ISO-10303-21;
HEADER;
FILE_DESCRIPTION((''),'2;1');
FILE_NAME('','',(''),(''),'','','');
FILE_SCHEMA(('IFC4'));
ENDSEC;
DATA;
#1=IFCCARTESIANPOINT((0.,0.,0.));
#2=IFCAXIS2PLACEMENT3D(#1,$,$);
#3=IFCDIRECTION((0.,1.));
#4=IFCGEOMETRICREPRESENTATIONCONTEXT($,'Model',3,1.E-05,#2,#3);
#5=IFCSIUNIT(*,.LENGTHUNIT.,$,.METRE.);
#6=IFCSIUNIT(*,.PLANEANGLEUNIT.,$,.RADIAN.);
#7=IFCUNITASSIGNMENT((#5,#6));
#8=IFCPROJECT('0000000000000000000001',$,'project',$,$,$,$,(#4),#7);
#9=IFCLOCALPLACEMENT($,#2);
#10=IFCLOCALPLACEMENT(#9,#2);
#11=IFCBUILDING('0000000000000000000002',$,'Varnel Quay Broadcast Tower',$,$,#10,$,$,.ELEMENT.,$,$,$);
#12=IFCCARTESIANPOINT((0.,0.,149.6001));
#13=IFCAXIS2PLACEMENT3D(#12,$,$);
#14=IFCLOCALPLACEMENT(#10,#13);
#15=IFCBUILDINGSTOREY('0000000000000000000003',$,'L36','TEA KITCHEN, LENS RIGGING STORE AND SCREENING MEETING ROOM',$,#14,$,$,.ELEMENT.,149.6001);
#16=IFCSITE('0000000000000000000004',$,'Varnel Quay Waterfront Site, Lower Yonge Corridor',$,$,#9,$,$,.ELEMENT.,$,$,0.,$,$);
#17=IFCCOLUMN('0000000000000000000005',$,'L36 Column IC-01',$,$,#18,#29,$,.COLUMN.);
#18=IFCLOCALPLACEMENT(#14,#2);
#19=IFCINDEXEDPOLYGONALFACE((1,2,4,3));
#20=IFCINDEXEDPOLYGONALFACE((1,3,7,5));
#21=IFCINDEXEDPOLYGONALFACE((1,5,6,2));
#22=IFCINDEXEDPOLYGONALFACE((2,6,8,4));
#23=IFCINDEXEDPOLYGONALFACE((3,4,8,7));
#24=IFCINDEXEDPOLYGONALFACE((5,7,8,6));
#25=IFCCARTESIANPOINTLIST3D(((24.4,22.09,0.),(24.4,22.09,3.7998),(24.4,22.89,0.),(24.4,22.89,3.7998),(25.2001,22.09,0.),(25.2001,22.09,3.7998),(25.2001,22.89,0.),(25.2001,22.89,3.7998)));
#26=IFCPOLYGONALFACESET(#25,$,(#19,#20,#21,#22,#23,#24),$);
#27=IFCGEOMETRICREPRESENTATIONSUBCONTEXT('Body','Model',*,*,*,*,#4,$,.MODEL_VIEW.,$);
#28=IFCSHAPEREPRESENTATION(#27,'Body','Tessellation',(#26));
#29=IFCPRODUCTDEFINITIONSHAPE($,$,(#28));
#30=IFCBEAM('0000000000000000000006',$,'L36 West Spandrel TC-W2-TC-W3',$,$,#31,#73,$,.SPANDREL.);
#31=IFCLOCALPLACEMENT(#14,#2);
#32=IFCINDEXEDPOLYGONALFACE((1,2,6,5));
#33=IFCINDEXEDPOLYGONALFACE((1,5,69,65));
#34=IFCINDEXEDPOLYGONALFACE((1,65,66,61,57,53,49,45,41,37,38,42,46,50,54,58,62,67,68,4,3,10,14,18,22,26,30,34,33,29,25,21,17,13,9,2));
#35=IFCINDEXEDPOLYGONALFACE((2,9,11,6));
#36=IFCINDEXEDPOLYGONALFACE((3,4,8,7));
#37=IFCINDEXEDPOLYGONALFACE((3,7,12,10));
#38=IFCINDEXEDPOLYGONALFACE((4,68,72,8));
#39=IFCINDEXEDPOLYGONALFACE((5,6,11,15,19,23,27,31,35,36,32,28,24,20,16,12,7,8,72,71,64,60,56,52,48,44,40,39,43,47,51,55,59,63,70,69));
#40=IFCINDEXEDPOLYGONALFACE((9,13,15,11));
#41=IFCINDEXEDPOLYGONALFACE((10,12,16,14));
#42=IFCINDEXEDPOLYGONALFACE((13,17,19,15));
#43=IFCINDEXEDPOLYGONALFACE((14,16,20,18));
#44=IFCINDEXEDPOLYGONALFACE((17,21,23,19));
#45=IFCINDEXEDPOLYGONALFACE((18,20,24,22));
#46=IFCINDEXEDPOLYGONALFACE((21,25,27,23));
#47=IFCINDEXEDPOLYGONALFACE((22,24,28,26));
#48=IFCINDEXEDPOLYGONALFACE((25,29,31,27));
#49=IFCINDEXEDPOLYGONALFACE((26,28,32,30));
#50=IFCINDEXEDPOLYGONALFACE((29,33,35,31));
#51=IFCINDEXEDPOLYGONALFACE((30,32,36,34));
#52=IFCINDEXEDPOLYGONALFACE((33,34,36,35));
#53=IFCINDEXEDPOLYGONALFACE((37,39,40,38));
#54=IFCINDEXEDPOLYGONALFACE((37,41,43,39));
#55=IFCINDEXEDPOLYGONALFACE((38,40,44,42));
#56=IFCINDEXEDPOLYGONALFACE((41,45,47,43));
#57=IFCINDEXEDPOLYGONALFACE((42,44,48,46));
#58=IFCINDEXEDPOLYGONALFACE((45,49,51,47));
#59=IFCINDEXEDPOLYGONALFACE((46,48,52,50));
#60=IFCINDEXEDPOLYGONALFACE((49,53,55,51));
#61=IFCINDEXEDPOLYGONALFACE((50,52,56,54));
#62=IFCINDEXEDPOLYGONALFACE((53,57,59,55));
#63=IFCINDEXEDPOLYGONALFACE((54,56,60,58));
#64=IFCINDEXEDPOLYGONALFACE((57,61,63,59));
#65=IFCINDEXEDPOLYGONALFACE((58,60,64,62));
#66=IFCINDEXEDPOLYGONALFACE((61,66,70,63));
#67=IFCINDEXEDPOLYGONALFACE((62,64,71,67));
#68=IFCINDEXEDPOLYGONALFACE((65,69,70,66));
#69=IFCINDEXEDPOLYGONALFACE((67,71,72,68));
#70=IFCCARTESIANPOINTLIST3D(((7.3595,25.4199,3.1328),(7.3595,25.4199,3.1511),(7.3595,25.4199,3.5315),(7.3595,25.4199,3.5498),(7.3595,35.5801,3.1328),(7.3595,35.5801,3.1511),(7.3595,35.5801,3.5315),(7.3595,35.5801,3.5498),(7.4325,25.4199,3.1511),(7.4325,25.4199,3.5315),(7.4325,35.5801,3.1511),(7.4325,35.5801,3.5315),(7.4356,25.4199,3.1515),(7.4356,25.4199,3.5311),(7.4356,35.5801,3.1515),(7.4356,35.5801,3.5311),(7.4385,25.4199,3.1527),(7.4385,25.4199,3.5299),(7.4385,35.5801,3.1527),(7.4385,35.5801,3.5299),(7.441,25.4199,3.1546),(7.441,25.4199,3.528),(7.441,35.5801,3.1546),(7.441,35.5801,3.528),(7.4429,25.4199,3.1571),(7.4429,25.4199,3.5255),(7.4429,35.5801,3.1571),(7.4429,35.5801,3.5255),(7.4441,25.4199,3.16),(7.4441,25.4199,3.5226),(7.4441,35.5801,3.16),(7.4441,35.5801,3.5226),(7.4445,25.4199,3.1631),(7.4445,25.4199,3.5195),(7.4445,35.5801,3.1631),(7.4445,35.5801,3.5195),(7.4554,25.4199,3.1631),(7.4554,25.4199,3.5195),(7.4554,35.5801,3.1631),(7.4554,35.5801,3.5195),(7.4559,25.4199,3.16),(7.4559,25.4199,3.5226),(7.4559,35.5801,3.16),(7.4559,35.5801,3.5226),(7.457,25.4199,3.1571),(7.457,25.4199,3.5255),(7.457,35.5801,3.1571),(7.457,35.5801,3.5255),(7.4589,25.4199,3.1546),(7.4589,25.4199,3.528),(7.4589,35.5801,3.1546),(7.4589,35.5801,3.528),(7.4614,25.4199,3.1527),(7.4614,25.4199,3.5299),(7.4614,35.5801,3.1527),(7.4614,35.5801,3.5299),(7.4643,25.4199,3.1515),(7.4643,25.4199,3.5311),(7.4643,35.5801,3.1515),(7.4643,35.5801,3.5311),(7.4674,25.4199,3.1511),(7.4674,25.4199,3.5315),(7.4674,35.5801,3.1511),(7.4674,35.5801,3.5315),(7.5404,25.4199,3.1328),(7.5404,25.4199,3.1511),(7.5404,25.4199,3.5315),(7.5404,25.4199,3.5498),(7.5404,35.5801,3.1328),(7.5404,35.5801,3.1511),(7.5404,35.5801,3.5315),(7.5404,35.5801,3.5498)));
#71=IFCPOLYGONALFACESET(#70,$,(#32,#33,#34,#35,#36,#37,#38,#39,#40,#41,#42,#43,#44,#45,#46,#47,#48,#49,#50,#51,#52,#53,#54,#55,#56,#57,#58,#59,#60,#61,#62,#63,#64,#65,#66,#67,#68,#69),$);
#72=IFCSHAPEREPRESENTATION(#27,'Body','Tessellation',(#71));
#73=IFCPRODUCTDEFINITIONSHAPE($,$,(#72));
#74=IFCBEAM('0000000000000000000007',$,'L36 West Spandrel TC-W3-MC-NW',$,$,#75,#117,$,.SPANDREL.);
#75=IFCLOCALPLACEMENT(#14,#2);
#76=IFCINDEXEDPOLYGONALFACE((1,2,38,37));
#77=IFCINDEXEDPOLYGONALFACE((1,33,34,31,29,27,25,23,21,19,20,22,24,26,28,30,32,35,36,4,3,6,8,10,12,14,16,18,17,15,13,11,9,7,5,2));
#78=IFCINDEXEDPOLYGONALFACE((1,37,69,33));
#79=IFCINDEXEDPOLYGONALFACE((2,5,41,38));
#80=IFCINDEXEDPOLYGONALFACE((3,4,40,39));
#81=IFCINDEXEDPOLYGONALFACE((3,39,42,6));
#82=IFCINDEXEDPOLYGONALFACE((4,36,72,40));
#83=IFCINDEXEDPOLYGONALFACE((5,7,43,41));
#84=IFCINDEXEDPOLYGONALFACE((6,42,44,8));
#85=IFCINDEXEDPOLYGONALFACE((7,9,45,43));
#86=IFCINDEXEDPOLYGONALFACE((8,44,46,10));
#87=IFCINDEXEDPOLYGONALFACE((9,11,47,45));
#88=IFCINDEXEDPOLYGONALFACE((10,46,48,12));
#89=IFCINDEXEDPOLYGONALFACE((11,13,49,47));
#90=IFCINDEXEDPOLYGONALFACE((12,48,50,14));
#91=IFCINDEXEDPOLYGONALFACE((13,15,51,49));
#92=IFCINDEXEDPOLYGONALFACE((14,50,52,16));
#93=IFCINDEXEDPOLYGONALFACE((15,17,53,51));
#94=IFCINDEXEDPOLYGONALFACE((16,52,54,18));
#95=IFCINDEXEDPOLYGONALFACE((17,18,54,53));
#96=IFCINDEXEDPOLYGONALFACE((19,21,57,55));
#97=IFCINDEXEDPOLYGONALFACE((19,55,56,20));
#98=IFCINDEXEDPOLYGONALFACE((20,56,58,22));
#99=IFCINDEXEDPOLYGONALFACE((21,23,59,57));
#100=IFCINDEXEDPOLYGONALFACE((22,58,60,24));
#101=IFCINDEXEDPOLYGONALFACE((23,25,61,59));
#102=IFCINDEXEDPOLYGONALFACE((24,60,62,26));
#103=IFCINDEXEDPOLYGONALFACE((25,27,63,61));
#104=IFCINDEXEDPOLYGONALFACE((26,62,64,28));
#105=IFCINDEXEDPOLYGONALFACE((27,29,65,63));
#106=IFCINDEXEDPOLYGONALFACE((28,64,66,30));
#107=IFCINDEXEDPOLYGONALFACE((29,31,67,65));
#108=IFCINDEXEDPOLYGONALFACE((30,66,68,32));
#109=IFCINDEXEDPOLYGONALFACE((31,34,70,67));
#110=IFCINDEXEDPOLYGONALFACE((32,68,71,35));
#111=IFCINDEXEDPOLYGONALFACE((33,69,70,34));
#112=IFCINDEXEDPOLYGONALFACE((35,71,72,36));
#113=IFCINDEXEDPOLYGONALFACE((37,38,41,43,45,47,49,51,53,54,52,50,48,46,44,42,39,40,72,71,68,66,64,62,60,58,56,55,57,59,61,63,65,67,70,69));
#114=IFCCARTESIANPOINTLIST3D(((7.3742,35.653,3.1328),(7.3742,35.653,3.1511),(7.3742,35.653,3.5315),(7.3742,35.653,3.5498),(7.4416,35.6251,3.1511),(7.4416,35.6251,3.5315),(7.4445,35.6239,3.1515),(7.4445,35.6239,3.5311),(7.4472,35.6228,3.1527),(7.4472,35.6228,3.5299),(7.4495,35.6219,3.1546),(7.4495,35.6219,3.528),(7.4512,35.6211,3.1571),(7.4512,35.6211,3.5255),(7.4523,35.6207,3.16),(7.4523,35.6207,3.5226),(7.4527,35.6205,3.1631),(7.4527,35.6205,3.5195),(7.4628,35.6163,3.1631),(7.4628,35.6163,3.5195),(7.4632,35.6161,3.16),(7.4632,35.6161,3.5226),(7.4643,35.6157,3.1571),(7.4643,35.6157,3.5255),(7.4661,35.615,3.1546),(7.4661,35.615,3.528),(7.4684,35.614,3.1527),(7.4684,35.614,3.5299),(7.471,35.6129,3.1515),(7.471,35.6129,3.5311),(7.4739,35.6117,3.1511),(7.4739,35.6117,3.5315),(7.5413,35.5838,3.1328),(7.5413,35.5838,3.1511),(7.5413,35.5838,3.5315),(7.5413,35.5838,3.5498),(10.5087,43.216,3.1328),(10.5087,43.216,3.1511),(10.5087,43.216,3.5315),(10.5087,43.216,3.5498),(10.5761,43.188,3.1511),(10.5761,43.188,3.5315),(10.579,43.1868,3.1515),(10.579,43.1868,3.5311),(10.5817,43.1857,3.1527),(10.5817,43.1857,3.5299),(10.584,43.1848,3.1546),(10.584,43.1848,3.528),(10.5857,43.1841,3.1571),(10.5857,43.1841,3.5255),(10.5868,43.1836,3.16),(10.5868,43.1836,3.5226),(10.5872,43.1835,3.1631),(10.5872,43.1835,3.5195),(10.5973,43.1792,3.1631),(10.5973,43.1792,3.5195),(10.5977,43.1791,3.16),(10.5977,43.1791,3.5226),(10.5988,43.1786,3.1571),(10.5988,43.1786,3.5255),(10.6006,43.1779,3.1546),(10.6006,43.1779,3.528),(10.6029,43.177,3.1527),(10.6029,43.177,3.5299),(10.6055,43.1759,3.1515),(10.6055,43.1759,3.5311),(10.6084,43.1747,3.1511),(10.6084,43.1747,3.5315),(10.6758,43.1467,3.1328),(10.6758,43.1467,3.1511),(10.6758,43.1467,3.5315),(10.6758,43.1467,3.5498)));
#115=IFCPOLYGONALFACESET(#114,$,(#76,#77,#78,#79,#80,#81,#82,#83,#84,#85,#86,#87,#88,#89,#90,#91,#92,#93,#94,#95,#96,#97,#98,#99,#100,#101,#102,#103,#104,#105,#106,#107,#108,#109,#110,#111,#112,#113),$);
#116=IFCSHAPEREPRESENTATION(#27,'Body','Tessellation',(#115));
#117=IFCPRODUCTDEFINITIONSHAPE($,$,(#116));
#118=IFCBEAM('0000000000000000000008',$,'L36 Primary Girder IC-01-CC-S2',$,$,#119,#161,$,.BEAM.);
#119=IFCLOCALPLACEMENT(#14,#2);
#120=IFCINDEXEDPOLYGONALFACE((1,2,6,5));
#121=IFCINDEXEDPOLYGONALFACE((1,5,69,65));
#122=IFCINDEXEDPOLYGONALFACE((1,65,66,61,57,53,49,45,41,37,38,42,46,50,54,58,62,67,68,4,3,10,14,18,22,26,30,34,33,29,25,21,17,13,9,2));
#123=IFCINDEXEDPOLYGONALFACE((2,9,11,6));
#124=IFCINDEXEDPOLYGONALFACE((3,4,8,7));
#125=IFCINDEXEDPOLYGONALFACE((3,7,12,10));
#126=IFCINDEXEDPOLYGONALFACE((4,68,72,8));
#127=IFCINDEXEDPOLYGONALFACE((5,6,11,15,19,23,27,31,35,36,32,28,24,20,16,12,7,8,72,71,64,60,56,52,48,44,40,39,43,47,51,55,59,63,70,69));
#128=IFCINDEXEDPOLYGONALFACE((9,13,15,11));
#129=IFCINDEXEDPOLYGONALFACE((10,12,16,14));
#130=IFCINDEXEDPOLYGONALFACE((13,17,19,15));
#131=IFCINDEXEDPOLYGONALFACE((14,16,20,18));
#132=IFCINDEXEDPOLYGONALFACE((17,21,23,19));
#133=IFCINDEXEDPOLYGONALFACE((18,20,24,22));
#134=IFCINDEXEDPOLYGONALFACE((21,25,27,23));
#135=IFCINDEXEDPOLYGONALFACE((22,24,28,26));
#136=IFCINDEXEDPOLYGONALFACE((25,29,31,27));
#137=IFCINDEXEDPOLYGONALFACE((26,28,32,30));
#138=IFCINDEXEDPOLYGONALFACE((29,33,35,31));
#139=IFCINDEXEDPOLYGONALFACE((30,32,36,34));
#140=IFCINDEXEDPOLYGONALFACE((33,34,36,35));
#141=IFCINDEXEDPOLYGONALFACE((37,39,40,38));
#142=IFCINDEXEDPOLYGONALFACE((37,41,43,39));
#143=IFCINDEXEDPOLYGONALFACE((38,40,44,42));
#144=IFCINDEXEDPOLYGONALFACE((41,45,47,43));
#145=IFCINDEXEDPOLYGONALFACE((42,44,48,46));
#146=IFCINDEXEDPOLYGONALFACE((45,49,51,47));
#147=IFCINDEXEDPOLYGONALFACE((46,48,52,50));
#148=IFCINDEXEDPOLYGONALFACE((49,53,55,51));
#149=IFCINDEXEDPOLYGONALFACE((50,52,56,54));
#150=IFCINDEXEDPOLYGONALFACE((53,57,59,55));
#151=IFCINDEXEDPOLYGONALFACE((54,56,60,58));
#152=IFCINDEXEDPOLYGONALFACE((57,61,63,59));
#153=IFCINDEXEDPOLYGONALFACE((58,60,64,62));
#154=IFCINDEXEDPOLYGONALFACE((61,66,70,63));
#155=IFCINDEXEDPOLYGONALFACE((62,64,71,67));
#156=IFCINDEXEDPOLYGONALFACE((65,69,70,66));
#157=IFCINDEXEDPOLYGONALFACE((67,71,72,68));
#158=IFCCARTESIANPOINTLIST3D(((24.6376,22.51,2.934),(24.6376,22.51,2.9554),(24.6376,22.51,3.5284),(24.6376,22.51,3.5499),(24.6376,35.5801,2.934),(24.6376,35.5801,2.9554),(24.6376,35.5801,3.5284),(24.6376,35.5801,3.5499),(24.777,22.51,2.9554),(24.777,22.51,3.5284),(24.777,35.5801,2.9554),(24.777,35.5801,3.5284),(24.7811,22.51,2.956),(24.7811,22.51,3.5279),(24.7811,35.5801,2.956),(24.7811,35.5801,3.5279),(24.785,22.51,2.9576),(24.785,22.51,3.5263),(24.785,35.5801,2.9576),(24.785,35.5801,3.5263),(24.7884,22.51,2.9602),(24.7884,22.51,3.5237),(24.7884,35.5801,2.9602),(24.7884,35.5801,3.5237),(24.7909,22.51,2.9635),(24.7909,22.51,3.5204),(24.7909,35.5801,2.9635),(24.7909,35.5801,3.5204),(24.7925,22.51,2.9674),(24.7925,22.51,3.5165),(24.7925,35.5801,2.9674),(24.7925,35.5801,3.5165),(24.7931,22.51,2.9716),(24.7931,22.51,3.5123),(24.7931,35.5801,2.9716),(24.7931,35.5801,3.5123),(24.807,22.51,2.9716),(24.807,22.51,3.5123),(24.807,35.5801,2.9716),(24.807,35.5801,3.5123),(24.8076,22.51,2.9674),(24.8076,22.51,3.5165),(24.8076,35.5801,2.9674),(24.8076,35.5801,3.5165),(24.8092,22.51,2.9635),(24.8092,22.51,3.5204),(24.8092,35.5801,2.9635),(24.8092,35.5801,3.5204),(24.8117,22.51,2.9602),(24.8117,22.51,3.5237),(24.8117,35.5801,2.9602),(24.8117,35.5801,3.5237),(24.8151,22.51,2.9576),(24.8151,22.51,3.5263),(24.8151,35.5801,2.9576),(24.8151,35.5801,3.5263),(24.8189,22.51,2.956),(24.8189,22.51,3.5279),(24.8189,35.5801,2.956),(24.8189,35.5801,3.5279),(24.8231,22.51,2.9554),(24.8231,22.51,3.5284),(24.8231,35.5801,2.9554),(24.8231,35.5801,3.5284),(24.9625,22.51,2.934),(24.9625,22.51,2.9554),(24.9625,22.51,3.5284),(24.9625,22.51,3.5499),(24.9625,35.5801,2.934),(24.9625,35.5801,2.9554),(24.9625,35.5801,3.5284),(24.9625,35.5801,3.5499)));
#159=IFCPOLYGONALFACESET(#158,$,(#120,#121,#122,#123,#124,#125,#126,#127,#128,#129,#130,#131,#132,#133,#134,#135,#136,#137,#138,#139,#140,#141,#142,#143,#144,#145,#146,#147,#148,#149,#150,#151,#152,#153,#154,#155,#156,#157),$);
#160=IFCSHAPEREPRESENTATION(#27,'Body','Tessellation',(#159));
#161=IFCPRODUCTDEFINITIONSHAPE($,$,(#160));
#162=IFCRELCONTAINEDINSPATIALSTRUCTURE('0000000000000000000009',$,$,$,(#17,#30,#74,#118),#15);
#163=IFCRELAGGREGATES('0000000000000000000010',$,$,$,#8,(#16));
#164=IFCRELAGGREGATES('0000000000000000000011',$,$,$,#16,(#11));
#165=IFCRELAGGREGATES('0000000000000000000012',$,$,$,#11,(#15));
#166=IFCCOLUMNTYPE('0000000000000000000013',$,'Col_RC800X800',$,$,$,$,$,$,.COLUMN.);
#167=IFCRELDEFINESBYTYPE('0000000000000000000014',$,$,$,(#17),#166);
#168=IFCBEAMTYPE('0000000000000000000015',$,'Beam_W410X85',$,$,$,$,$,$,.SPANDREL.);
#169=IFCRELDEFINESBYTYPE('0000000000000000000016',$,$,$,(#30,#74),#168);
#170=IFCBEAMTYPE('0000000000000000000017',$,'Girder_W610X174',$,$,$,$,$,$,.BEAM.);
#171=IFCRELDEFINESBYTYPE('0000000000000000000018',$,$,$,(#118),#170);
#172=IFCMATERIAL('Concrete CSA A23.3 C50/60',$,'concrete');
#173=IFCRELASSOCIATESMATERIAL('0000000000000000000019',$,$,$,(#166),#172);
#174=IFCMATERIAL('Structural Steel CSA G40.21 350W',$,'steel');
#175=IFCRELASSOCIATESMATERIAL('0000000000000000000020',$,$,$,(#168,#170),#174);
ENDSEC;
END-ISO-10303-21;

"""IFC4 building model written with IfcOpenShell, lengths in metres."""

from ifc_helpers import new_model, si_unit, direction, frame, origin, origin_2d, place, context, subcontext, project, spatial, rectangle, i_section, extrude, source, transform, mapped, material, material_profile, profile_set, type_object, type_shapes, element, save


model = new_model("IFC4")

# Units and contexts
model_context = context("Model", 3, precision=1e-05, world=origin(), true_north=direction((0.0, 1.0)))
body_context = subcontext(model_context, "Body", "Model", "MODEL_VIEW")
ifc_project = project(units=[si_unit("LENGTHUNIT", "METRE"), si_unit("PLANEANGLEUNIT", "RADIAN")], contexts=[model_context])

# Site, building, storey
site_placement = place(None, origin())
site = spatial("IfcSite", under=ifc_project, at=site_placement, Name="Varnel Quay Waterfront Site, Lower Yonge Corridor", CompositionType="ELEMENT", RefElevation=0.0)
building_placement = place(site_placement, origin())
building = spatial("IfcBuilding", under=site, at=building_placement, Name="Varnel Quay Broadcast Tower", CompositionType="ELEMENT")
storey_placement = place(building_placement, frame((0.0, 0.0, 149.6001)))
storey = spatial("IfcBuildingStorey", under=building, at=storey_placement, Name="L36", Description="TEA KITCHEN, LENS RIGGING STORE AND SCREENING MEETING ROOM", CompositionType="ELEMENT", Elevation=149.6001)

# Column
ifc_material_1 = material(Name="Structural Steel CSA G40.21 350W", Category="steel")
ifc_material_2 = material(Name="Concrete CSA A23.3 C50/60", Category="concrete")
ifc_material_profile_1 = material_profile(ifc_material_2, rectangle(XDim=0.8, YDim=0.8, at=origin_2d()), Name="RC800X800")
ifc_profile_set_1 = profile_set([ifc_material_profile_1], Name="Concrete CSA A23.3 C50/60")
column_type_1 = type_object("IfcColumnType", Name="Col_RC800X800", PredefinedType="COLUMN", material=ifc_profile_set_1)
shared_shape_1 = source(origin(), body_context, "Body", "SweptSolid", [
    extrude(rectangle(XDim=0.8, YDim=0.8, at=origin_2d()), origin(), (0.0, 0.0, 1.0), 3.7998),
])
type_shapes(column_type_1, [shared_shape_1])
column_placement = place(storey_placement, frame((24.8, 22.49, 0.0), z_axis=(0.0, 0.0, 1.0), x_axis=(1.0, 0.0, 0.0)))
element("IfcColumn", 1, at=column_placement, inside=storey, type_object=column_type_1, Name="L36 Column IC-01", PredefinedType="COLUMN", context=body_context, shape_type="MappedRepresentation", body=[
    mapped(shared_shape_1, transform((0.0, 0.0, 0.0), x_axis=(1.0, 0.0, 0.0), y_axis=(0.0, 1.0, 0.0), z_axis=(0.0, 0.0, 1.0), scale=1.0)),
])

# Beams
ifc_material_profile_2 = material_profile(ifc_material_1, i_section(OverallWidth=0.1809, OverallDepth=0.417, WebThickness=0.011, FlangeThickness=0.0183, FilletRadius=0.012, at=origin_2d()), Name="W410X85")
ifc_profile_set_2 = profile_set([ifc_material_profile_2], Name="Structural Steel CSA G40.21 350W")
beam_type_1 = type_object("IfcBeamType", Name="Beam_W410X85", PredefinedType="SPANDREL", material=ifc_profile_set_2)
shared_shape_2 = source(origin(), body_context, "Body", "SweptSolid", [
    extrude(i_section(OverallWidth=0.1809, OverallDepth=0.417, WebThickness=0.011, FlangeThickness=0.0183, FilletRadius=0.012, at=origin_2d()), origin(), (0.0, 0.0, 1.0), 10.1602),
])
beam_1_placement = place(storey_placement, frame((7.45, 25.4199, 3.3413), z_axis=(0.0, 1.0, 0.0), x_axis=(-1.0, 0.0, 0.0)))
element("IfcBeam", 2, at=beam_1_placement, inside=storey, type_object=beam_type_1, Name="L36 West Spandrel TC-W2-TC-W3", PredefinedType="SPANDREL", context=body_context, shape_type="MappedRepresentation", body=[
    mapped(shared_shape_2, transform((0.0, 0.0, 0.0), x_axis=(1.0, 0.0, 0.0), y_axis=(0.0, 1.0, 0.0), z_axis=(0.0, 0.0, 1.0), scale=1.0)),
])
shared_shape_3 = source(origin(), body_context, "Body", "SweptSolid", [
    extrude(i_section(OverallWidth=0.1809, OverallDepth=0.417, WebThickness=0.011, FlangeThickness=0.0183, FilletRadius=0.012, at=origin_2d()), origin(), (0.0, 0.0, 1.0), 8.1868),
])
type_shapes(beam_type_1, [shared_shape_2, shared_shape_3])
beam_2_placement = place(storey_placement, frame((7.4578, 35.6184, 3.3413), z_axis=(0.382874, 0.923801, 0.0), x_axis=(-0.923801, 0.382874, 0.0)))
element("IfcBeam", 3, at=beam_2_placement, inside=storey, type_object=beam_type_1, Name="L36 West Spandrel TC-W3-MC-NW", PredefinedType="SPANDREL", context=body_context, shape_type="MappedRepresentation", body=[
    mapped(shared_shape_3, transform((0.0, 0.0, 0.0), x_axis=(1.0, 0.0, 0.0), y_axis=(0.0, 1.0, 0.0), z_axis=(0.0, 0.0, 1.0), scale=1.0)),
])
ifc_material_profile_3 = material_profile(ifc_material_1, i_section(OverallWidth=0.325, OverallDepth=0.616, WebThickness=0.0139, FlangeThickness=0.0215, FilletRadius=0.0161, at=origin_2d()), Name="W610X174")
ifc_profile_set_3 = profile_set([ifc_material_profile_3], Name="Structural Steel CSA G40.21 350W")
beam_type_2 = type_object("IfcBeamType", Name="Girder_W610X174", PredefinedType="BEAM", material=ifc_profile_set_3)
shared_shape_4 = source(origin(), body_context, "Body", "SweptSolid", [
    extrude(i_section(OverallWidth=0.325, OverallDepth=0.616, WebThickness=0.0139, FlangeThickness=0.0215, FilletRadius=0.0161, at=origin_2d()), origin(), (0.0, 0.0, 1.0), 13.0701),
])
beam_3_placement = place(storey_placement, frame((24.8, 22.51, 3.2419), z_axis=(0.0, 1.0, 0.0), x_axis=(-1.0, 0.0, 0.0)))
element("IfcBeam", 4, at=beam_3_placement, inside=storey, type_object=beam_type_2, Name="L36 Primary Girder IC-01-CC-S2", PredefinedType="BEAM", context=body_context, shape_type="MappedRepresentation", body=[
    mapped(shared_shape_4, transform((0.0, 0.0, 0.0), x_axis=(1.0, 0.0, 0.0), y_axis=(0.0, 1.0, 0.0), z_axis=(0.0, 0.0, 1.0), scale=1.0)),
])

save(model, "model.ifc")
